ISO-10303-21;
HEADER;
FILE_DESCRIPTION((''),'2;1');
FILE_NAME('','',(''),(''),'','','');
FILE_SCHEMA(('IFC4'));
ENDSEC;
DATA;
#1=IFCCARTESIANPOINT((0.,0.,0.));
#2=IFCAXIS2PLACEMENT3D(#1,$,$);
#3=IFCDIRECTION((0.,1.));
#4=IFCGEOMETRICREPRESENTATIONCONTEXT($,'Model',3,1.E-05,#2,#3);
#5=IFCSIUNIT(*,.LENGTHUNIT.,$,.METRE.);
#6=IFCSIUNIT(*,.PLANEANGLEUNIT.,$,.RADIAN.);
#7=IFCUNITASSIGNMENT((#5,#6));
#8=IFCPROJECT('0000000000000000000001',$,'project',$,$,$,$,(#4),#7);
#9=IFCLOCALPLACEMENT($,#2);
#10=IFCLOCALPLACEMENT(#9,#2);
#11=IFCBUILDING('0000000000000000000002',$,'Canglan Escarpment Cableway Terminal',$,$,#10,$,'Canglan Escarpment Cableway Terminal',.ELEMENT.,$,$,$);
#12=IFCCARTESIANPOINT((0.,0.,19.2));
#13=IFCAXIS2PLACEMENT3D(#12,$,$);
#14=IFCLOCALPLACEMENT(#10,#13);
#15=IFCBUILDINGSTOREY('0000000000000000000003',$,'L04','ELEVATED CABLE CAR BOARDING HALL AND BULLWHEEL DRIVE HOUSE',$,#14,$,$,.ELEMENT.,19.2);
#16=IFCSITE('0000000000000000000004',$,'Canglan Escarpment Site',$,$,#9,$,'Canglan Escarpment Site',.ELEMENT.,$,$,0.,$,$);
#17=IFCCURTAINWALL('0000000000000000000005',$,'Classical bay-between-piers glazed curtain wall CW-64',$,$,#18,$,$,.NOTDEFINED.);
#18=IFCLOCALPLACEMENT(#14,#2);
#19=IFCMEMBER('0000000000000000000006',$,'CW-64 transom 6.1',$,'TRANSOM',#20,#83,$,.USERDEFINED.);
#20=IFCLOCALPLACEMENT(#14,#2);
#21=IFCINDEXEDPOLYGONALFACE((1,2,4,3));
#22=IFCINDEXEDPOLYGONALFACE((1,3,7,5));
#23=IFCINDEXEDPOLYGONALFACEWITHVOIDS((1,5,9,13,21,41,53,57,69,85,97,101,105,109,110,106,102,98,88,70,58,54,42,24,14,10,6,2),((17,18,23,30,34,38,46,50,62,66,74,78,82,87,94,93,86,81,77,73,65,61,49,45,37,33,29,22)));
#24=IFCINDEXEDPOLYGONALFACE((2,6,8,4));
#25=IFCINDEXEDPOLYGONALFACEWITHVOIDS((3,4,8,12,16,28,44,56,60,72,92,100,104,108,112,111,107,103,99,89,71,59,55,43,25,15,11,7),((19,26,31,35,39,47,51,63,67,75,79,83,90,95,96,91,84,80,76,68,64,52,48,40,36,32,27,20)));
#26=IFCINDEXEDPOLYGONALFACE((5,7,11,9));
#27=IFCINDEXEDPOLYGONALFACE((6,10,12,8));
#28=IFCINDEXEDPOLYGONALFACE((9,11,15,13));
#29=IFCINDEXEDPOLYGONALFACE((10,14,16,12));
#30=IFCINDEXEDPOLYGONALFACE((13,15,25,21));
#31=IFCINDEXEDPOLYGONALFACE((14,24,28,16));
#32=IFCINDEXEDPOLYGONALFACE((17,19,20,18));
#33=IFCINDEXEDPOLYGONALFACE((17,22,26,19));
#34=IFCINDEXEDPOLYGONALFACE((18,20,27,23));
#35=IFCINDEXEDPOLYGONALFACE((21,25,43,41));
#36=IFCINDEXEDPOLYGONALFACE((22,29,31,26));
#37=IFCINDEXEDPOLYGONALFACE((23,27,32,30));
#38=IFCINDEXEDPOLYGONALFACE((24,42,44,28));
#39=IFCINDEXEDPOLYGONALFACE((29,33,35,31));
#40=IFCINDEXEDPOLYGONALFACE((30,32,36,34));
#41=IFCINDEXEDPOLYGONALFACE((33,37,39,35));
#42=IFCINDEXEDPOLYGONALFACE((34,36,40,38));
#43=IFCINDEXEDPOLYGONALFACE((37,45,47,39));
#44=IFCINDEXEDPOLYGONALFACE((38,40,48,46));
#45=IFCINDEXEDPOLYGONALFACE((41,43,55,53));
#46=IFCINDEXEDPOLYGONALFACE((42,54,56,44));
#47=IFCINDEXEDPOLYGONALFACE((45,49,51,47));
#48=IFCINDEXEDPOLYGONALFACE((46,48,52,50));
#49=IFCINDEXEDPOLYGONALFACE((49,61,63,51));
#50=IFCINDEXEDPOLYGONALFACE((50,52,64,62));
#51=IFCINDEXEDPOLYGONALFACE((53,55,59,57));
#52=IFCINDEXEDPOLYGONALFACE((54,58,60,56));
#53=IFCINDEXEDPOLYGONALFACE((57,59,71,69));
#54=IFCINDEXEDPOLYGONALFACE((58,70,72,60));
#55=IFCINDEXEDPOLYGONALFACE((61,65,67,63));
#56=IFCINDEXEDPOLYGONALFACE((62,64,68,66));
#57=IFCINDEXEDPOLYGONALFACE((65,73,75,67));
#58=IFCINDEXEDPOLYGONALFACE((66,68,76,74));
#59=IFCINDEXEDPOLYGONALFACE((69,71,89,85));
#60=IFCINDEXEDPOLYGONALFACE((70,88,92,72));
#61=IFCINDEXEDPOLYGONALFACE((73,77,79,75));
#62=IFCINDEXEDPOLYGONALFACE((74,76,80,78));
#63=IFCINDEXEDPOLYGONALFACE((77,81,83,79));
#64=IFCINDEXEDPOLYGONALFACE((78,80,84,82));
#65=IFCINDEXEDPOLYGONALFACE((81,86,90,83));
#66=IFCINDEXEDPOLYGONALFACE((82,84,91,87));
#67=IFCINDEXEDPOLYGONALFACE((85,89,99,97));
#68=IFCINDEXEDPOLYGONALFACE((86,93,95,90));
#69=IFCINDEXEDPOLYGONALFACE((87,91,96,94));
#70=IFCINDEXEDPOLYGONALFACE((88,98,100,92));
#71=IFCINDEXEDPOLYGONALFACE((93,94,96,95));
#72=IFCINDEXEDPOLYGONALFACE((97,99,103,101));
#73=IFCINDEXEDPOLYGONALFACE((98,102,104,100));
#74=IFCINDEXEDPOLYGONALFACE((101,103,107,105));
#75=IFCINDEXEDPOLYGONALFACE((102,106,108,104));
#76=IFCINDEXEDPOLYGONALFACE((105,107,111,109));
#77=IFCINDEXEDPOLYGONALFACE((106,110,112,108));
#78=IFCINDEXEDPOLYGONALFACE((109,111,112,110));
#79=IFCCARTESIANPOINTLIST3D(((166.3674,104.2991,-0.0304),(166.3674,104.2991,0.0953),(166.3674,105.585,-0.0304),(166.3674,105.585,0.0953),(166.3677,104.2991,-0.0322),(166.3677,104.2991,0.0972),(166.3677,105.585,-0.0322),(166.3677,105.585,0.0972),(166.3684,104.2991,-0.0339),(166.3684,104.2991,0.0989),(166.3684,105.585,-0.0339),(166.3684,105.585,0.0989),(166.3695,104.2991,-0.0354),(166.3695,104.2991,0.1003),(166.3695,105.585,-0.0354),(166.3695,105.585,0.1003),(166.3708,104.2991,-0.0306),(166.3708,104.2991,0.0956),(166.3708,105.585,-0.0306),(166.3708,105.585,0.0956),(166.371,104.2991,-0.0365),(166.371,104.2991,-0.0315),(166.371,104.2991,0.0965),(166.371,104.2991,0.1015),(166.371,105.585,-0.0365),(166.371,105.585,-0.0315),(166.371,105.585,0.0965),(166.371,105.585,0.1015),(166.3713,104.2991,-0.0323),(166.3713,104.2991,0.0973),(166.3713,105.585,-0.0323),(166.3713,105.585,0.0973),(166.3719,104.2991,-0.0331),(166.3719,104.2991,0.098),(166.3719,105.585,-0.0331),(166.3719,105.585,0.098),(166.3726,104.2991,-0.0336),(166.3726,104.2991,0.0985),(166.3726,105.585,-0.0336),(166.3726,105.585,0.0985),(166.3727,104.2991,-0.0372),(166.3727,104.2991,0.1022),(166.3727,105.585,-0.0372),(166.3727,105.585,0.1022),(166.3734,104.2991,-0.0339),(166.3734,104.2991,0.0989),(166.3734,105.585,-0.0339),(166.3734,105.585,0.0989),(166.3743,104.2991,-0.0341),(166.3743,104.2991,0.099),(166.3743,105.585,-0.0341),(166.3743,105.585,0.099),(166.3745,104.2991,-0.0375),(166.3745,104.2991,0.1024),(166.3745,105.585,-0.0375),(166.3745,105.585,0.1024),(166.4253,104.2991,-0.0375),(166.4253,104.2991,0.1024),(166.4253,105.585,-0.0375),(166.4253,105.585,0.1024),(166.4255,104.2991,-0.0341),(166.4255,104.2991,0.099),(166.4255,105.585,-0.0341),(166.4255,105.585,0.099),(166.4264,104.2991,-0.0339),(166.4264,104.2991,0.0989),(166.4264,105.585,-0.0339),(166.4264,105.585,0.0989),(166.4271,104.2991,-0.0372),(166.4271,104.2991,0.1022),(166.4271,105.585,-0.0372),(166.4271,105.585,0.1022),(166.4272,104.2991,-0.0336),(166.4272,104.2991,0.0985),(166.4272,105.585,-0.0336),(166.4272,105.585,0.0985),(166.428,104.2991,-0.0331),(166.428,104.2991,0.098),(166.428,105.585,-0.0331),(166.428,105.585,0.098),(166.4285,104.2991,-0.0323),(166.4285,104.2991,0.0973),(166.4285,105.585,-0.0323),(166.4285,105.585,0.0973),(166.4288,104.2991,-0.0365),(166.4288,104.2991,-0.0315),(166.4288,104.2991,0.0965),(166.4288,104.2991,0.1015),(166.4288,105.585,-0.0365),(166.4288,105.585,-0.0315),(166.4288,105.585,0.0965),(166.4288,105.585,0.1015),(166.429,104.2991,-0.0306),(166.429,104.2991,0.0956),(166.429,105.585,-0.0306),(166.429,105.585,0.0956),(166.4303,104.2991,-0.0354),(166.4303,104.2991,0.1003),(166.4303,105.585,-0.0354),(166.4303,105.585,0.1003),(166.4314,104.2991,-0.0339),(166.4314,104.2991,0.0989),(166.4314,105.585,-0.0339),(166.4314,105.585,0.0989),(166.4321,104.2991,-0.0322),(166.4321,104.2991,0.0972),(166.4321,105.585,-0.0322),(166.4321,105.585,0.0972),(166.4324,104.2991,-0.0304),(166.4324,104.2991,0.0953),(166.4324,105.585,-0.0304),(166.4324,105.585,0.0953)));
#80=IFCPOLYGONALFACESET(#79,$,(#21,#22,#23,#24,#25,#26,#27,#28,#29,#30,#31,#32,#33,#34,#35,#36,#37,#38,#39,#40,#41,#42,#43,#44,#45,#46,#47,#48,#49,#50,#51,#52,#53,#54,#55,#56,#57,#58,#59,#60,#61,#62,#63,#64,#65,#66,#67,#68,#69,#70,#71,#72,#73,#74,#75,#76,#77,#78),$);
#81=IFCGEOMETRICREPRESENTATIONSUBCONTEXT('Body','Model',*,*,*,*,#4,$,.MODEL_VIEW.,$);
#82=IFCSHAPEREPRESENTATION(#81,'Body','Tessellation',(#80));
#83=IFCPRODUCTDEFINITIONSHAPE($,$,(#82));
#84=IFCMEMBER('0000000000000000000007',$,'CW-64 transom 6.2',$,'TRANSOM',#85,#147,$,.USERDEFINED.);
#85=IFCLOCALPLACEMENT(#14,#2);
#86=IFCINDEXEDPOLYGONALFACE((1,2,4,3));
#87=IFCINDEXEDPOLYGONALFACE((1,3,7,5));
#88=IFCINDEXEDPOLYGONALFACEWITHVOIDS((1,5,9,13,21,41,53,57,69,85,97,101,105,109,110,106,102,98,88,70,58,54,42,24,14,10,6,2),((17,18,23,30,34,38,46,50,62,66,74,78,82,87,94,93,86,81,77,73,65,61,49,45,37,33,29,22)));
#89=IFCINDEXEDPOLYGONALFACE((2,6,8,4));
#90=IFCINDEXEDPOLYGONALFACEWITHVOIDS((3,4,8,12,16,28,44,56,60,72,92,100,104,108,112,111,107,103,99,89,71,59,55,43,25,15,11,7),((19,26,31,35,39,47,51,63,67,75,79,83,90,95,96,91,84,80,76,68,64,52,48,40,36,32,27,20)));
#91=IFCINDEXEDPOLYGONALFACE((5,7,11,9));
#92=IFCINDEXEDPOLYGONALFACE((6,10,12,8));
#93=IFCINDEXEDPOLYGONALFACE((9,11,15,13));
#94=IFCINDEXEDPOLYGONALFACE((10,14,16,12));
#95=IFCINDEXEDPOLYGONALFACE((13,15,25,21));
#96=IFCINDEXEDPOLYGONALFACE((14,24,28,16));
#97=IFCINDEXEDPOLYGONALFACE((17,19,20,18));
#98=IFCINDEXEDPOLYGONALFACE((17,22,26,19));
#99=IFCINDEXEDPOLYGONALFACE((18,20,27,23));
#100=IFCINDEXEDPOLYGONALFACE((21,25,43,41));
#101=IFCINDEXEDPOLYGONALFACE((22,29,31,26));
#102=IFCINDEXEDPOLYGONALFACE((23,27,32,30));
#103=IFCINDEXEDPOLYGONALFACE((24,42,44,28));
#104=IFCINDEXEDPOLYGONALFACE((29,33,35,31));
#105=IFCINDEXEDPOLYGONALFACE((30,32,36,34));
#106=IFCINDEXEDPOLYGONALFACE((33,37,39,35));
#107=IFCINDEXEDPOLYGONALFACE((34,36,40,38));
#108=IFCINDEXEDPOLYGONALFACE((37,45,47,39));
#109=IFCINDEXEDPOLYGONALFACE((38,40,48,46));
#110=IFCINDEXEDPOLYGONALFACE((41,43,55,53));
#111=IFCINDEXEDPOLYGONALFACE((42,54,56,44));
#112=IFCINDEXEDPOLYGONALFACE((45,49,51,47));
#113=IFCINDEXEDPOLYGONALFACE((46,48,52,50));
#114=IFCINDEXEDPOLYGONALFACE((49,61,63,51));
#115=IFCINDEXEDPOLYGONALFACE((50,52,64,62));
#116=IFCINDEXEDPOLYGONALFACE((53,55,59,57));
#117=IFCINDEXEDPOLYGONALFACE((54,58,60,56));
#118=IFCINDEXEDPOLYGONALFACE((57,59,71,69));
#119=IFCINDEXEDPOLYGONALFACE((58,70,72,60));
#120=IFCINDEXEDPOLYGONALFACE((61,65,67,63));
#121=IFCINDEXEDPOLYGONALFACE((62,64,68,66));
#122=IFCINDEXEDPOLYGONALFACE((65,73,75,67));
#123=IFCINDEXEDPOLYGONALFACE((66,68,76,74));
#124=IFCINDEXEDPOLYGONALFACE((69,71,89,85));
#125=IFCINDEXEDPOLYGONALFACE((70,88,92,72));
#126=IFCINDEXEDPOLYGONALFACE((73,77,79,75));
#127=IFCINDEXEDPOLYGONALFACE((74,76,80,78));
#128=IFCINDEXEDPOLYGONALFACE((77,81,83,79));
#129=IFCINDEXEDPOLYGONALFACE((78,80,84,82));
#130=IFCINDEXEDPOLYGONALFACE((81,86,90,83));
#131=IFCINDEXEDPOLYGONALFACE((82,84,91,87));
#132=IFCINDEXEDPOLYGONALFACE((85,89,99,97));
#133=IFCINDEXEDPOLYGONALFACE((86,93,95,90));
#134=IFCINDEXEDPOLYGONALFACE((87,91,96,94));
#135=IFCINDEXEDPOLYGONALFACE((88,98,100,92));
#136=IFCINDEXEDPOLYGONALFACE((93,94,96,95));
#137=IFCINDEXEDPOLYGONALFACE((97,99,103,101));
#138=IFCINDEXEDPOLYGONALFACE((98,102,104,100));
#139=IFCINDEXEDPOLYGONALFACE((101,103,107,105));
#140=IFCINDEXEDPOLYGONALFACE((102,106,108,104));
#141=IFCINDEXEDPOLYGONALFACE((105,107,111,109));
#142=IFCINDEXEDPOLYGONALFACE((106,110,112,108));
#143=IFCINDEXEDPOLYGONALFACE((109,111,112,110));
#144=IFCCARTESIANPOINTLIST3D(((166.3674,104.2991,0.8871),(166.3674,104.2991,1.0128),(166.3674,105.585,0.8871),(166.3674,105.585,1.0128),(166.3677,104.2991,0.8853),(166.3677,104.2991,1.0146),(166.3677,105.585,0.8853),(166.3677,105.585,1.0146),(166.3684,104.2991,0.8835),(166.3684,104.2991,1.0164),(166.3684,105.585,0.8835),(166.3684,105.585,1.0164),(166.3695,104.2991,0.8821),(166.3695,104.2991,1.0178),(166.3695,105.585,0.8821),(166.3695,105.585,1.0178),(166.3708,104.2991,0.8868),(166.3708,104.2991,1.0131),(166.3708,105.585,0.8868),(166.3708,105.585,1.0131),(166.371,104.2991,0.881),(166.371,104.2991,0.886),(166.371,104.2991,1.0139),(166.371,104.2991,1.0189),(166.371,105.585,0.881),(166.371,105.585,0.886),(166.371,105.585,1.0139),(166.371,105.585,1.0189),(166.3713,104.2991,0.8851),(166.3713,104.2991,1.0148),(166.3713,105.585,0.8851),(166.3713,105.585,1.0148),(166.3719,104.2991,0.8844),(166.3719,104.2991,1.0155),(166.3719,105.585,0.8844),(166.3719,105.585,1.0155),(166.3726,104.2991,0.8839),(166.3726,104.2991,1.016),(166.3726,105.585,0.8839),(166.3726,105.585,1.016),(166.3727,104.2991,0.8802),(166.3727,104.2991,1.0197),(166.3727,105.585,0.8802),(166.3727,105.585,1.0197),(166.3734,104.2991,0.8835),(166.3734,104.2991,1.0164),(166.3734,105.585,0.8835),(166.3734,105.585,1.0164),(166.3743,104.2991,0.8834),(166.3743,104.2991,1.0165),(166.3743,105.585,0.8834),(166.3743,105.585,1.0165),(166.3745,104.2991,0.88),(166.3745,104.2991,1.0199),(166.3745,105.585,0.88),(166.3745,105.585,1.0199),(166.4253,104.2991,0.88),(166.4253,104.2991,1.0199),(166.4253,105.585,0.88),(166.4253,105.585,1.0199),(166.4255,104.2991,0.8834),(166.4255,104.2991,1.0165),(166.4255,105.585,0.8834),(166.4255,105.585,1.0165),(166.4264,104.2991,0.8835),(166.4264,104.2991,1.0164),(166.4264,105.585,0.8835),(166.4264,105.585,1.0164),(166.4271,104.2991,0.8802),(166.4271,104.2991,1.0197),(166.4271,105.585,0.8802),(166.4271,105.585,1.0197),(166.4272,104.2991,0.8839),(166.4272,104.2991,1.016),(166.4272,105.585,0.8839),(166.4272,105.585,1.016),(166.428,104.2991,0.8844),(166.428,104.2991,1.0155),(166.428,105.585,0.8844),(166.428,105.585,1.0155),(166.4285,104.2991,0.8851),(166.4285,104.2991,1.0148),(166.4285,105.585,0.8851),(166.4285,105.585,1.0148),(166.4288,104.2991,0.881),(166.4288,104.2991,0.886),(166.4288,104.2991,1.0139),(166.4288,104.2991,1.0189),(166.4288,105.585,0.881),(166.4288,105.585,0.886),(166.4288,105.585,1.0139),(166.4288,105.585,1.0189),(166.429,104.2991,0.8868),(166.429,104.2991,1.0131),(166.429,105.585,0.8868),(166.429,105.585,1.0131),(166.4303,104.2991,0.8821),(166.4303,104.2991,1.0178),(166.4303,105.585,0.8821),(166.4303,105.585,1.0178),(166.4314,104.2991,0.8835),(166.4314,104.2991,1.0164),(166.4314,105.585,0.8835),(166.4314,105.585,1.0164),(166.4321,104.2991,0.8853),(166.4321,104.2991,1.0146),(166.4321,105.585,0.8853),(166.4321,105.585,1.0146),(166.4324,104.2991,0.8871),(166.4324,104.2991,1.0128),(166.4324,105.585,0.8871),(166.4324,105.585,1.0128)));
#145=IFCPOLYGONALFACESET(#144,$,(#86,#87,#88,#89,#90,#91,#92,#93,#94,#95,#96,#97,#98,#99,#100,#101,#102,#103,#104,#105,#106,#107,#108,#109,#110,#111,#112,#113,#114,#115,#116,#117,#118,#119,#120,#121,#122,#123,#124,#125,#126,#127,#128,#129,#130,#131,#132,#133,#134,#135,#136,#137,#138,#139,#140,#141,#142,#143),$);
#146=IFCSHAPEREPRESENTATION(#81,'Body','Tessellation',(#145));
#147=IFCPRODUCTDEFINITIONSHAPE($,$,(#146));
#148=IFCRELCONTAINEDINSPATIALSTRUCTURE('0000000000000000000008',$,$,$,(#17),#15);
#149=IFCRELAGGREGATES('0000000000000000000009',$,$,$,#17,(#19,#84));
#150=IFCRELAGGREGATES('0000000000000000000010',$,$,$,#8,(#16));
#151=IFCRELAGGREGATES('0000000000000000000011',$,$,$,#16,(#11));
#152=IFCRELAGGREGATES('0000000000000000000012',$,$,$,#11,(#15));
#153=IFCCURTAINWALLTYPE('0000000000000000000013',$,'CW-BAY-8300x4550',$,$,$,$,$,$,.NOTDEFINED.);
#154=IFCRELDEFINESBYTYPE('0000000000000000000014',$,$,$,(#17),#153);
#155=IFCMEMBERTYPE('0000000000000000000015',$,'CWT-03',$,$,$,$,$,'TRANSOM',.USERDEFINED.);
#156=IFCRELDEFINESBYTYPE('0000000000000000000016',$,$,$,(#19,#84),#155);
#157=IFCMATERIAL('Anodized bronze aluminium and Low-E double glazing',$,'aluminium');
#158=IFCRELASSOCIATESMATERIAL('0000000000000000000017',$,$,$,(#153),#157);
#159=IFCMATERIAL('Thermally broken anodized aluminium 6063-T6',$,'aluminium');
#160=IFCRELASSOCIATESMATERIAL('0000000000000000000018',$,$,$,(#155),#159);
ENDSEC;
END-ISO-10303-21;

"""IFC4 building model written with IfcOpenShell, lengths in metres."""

from ifc_helpers import new_model, si_unit, direction, frame, origin, origin_2d, place, context, subcontext, project, spatial, hollow_rectangle, extrude, material, material_profile, profile_set, type_object, element, aggregate, save


model = new_model("IFC4")

# Units and contexts
model_context = context("Model", 3, precision=1e-05, world=origin(), true_north=direction((0.0, 1.0)))
body_context = subcontext(model_context, "Body", "Model", "MODEL_VIEW")
ifc_project = project(units=[si_unit("LENGTHUNIT", "METRE"), si_unit("PLANEANGLEUNIT", "RADIAN")], contexts=[model_context])

# Site, building, storey
site_placement = place(None, origin())
site = spatial("IfcSite", under=ifc_project, at=site_placement, Name="Canglan Escarpment Site", LongName="Canglan Escarpment Site", CompositionType="ELEMENT", RefElevation=0.0)
building_placement = place(site_placement, origin())
building = spatial("IfcBuilding", under=site, at=building_placement, Name="Canglan Escarpment Cableway Terminal", LongName="Canglan Escarpment Cableway Terminal", CompositionType="ELEMENT")
storey_placement = place(building_placement, frame((0.0, 0.0, 19.2)))
storey = spatial("IfcBuildingStorey", under=building, at=storey_placement, Name="L04", Description="ELEVATED CABLE CAR BOARDING HALL AND BULLWHEEL DRIVE HOUSE", CompositionType="ELEMENT", Elevation=19.2)

# Curtain wall
ifc_material_1 = material(Name="Anodized bronze aluminium and Low-E double glazing", Category="aluminium")
curtain_wall_type = type_object("IfcCurtainWallType", Name="CW-BAY-8300x4550", PredefinedType="NOTDEFINED", material=ifc_material_1)
ifc_material_2 = material(Name="Thermally broken anodized aluminium 6063-T6", Category="aluminium")
curtain_wall_1_placement = place(storey_placement, origin())
curtain_wall_1 = element("IfcCurtainWall", 1, at=curtain_wall_1_placement, inside=storey, type_object=curtain_wall_type, Name="Classical bay-between-piers glazed curtain wall CW-64", PredefinedType="NOTDEFINED")

# Members
ifc_material_profile_1 = material_profile(ifc_material_2, hollow_rectangle(XDim=0.0649, YDim=0.1399, WallThickness=0.0034, InnerFilletRadius=0.0034, OuterFilletRadius=0.0071, at=origin_2d()), Name="ALU-TRAN 65x140x3.5")
ifc_profile_set_1 = profile_set([ifc_material_profile_1], Name="Thermally broken anodized aluminium 6063-T6")
member_type_1 = type_object("IfcMemberType", Name="CWT-03", ElementType="TRANSOM", PredefinedType="USERDEFINED", material=ifc_profile_set_1)
member_1_placement = place(storey_placement, frame((166.3999, 104.2991, 0.0325), z_axis=(0.0, 1.0, 0.0), x_axis=(-1.0, 0.0, 0.0)))
member_1 = element("IfcMember", 2, at=member_1_placement, type_object=member_type_1, Name="CW-64 transom 6.1", ObjectType="TRANSOM", PredefinedType="USERDEFINED", context=body_context, shape_type="SweptSolid", body=[
    extrude(hollow_rectangle(XDim=0.0649, YDim=0.1399, WallThickness=0.0034, InnerFilletRadius=0.0034, OuterFilletRadius=0.0071, at=origin_2d()), origin(), (0.0, 0.0, 1.0), 1.2859),
])
member_2_placement = place(storey_placement, frame((166.3999, 104.2991, 0.95), z_axis=(0.0, 1.0, 0.0), x_axis=(-1.0, 0.0, 0.0)))
member_2 = element("IfcMember", 3, at=member_2_placement, type_object=member_type_1, Name="CW-64 transom 6.2", ObjectType="TRANSOM", PredefinedType="USERDEFINED", context=body_context, shape_type="SweptSolid", body=[
    extrude(hollow_rectangle(XDim=0.0649, YDim=0.1399, WallThickness=0.0034, InnerFilletRadius=0.0034, OuterFilletRadius=0.0071, at=origin_2d()), origin(), (0.0, 0.0, 1.0), 1.2859),
])

aggregate(curtain_wall_1, [member_1, member_2])

save(model, "model.ifc")
